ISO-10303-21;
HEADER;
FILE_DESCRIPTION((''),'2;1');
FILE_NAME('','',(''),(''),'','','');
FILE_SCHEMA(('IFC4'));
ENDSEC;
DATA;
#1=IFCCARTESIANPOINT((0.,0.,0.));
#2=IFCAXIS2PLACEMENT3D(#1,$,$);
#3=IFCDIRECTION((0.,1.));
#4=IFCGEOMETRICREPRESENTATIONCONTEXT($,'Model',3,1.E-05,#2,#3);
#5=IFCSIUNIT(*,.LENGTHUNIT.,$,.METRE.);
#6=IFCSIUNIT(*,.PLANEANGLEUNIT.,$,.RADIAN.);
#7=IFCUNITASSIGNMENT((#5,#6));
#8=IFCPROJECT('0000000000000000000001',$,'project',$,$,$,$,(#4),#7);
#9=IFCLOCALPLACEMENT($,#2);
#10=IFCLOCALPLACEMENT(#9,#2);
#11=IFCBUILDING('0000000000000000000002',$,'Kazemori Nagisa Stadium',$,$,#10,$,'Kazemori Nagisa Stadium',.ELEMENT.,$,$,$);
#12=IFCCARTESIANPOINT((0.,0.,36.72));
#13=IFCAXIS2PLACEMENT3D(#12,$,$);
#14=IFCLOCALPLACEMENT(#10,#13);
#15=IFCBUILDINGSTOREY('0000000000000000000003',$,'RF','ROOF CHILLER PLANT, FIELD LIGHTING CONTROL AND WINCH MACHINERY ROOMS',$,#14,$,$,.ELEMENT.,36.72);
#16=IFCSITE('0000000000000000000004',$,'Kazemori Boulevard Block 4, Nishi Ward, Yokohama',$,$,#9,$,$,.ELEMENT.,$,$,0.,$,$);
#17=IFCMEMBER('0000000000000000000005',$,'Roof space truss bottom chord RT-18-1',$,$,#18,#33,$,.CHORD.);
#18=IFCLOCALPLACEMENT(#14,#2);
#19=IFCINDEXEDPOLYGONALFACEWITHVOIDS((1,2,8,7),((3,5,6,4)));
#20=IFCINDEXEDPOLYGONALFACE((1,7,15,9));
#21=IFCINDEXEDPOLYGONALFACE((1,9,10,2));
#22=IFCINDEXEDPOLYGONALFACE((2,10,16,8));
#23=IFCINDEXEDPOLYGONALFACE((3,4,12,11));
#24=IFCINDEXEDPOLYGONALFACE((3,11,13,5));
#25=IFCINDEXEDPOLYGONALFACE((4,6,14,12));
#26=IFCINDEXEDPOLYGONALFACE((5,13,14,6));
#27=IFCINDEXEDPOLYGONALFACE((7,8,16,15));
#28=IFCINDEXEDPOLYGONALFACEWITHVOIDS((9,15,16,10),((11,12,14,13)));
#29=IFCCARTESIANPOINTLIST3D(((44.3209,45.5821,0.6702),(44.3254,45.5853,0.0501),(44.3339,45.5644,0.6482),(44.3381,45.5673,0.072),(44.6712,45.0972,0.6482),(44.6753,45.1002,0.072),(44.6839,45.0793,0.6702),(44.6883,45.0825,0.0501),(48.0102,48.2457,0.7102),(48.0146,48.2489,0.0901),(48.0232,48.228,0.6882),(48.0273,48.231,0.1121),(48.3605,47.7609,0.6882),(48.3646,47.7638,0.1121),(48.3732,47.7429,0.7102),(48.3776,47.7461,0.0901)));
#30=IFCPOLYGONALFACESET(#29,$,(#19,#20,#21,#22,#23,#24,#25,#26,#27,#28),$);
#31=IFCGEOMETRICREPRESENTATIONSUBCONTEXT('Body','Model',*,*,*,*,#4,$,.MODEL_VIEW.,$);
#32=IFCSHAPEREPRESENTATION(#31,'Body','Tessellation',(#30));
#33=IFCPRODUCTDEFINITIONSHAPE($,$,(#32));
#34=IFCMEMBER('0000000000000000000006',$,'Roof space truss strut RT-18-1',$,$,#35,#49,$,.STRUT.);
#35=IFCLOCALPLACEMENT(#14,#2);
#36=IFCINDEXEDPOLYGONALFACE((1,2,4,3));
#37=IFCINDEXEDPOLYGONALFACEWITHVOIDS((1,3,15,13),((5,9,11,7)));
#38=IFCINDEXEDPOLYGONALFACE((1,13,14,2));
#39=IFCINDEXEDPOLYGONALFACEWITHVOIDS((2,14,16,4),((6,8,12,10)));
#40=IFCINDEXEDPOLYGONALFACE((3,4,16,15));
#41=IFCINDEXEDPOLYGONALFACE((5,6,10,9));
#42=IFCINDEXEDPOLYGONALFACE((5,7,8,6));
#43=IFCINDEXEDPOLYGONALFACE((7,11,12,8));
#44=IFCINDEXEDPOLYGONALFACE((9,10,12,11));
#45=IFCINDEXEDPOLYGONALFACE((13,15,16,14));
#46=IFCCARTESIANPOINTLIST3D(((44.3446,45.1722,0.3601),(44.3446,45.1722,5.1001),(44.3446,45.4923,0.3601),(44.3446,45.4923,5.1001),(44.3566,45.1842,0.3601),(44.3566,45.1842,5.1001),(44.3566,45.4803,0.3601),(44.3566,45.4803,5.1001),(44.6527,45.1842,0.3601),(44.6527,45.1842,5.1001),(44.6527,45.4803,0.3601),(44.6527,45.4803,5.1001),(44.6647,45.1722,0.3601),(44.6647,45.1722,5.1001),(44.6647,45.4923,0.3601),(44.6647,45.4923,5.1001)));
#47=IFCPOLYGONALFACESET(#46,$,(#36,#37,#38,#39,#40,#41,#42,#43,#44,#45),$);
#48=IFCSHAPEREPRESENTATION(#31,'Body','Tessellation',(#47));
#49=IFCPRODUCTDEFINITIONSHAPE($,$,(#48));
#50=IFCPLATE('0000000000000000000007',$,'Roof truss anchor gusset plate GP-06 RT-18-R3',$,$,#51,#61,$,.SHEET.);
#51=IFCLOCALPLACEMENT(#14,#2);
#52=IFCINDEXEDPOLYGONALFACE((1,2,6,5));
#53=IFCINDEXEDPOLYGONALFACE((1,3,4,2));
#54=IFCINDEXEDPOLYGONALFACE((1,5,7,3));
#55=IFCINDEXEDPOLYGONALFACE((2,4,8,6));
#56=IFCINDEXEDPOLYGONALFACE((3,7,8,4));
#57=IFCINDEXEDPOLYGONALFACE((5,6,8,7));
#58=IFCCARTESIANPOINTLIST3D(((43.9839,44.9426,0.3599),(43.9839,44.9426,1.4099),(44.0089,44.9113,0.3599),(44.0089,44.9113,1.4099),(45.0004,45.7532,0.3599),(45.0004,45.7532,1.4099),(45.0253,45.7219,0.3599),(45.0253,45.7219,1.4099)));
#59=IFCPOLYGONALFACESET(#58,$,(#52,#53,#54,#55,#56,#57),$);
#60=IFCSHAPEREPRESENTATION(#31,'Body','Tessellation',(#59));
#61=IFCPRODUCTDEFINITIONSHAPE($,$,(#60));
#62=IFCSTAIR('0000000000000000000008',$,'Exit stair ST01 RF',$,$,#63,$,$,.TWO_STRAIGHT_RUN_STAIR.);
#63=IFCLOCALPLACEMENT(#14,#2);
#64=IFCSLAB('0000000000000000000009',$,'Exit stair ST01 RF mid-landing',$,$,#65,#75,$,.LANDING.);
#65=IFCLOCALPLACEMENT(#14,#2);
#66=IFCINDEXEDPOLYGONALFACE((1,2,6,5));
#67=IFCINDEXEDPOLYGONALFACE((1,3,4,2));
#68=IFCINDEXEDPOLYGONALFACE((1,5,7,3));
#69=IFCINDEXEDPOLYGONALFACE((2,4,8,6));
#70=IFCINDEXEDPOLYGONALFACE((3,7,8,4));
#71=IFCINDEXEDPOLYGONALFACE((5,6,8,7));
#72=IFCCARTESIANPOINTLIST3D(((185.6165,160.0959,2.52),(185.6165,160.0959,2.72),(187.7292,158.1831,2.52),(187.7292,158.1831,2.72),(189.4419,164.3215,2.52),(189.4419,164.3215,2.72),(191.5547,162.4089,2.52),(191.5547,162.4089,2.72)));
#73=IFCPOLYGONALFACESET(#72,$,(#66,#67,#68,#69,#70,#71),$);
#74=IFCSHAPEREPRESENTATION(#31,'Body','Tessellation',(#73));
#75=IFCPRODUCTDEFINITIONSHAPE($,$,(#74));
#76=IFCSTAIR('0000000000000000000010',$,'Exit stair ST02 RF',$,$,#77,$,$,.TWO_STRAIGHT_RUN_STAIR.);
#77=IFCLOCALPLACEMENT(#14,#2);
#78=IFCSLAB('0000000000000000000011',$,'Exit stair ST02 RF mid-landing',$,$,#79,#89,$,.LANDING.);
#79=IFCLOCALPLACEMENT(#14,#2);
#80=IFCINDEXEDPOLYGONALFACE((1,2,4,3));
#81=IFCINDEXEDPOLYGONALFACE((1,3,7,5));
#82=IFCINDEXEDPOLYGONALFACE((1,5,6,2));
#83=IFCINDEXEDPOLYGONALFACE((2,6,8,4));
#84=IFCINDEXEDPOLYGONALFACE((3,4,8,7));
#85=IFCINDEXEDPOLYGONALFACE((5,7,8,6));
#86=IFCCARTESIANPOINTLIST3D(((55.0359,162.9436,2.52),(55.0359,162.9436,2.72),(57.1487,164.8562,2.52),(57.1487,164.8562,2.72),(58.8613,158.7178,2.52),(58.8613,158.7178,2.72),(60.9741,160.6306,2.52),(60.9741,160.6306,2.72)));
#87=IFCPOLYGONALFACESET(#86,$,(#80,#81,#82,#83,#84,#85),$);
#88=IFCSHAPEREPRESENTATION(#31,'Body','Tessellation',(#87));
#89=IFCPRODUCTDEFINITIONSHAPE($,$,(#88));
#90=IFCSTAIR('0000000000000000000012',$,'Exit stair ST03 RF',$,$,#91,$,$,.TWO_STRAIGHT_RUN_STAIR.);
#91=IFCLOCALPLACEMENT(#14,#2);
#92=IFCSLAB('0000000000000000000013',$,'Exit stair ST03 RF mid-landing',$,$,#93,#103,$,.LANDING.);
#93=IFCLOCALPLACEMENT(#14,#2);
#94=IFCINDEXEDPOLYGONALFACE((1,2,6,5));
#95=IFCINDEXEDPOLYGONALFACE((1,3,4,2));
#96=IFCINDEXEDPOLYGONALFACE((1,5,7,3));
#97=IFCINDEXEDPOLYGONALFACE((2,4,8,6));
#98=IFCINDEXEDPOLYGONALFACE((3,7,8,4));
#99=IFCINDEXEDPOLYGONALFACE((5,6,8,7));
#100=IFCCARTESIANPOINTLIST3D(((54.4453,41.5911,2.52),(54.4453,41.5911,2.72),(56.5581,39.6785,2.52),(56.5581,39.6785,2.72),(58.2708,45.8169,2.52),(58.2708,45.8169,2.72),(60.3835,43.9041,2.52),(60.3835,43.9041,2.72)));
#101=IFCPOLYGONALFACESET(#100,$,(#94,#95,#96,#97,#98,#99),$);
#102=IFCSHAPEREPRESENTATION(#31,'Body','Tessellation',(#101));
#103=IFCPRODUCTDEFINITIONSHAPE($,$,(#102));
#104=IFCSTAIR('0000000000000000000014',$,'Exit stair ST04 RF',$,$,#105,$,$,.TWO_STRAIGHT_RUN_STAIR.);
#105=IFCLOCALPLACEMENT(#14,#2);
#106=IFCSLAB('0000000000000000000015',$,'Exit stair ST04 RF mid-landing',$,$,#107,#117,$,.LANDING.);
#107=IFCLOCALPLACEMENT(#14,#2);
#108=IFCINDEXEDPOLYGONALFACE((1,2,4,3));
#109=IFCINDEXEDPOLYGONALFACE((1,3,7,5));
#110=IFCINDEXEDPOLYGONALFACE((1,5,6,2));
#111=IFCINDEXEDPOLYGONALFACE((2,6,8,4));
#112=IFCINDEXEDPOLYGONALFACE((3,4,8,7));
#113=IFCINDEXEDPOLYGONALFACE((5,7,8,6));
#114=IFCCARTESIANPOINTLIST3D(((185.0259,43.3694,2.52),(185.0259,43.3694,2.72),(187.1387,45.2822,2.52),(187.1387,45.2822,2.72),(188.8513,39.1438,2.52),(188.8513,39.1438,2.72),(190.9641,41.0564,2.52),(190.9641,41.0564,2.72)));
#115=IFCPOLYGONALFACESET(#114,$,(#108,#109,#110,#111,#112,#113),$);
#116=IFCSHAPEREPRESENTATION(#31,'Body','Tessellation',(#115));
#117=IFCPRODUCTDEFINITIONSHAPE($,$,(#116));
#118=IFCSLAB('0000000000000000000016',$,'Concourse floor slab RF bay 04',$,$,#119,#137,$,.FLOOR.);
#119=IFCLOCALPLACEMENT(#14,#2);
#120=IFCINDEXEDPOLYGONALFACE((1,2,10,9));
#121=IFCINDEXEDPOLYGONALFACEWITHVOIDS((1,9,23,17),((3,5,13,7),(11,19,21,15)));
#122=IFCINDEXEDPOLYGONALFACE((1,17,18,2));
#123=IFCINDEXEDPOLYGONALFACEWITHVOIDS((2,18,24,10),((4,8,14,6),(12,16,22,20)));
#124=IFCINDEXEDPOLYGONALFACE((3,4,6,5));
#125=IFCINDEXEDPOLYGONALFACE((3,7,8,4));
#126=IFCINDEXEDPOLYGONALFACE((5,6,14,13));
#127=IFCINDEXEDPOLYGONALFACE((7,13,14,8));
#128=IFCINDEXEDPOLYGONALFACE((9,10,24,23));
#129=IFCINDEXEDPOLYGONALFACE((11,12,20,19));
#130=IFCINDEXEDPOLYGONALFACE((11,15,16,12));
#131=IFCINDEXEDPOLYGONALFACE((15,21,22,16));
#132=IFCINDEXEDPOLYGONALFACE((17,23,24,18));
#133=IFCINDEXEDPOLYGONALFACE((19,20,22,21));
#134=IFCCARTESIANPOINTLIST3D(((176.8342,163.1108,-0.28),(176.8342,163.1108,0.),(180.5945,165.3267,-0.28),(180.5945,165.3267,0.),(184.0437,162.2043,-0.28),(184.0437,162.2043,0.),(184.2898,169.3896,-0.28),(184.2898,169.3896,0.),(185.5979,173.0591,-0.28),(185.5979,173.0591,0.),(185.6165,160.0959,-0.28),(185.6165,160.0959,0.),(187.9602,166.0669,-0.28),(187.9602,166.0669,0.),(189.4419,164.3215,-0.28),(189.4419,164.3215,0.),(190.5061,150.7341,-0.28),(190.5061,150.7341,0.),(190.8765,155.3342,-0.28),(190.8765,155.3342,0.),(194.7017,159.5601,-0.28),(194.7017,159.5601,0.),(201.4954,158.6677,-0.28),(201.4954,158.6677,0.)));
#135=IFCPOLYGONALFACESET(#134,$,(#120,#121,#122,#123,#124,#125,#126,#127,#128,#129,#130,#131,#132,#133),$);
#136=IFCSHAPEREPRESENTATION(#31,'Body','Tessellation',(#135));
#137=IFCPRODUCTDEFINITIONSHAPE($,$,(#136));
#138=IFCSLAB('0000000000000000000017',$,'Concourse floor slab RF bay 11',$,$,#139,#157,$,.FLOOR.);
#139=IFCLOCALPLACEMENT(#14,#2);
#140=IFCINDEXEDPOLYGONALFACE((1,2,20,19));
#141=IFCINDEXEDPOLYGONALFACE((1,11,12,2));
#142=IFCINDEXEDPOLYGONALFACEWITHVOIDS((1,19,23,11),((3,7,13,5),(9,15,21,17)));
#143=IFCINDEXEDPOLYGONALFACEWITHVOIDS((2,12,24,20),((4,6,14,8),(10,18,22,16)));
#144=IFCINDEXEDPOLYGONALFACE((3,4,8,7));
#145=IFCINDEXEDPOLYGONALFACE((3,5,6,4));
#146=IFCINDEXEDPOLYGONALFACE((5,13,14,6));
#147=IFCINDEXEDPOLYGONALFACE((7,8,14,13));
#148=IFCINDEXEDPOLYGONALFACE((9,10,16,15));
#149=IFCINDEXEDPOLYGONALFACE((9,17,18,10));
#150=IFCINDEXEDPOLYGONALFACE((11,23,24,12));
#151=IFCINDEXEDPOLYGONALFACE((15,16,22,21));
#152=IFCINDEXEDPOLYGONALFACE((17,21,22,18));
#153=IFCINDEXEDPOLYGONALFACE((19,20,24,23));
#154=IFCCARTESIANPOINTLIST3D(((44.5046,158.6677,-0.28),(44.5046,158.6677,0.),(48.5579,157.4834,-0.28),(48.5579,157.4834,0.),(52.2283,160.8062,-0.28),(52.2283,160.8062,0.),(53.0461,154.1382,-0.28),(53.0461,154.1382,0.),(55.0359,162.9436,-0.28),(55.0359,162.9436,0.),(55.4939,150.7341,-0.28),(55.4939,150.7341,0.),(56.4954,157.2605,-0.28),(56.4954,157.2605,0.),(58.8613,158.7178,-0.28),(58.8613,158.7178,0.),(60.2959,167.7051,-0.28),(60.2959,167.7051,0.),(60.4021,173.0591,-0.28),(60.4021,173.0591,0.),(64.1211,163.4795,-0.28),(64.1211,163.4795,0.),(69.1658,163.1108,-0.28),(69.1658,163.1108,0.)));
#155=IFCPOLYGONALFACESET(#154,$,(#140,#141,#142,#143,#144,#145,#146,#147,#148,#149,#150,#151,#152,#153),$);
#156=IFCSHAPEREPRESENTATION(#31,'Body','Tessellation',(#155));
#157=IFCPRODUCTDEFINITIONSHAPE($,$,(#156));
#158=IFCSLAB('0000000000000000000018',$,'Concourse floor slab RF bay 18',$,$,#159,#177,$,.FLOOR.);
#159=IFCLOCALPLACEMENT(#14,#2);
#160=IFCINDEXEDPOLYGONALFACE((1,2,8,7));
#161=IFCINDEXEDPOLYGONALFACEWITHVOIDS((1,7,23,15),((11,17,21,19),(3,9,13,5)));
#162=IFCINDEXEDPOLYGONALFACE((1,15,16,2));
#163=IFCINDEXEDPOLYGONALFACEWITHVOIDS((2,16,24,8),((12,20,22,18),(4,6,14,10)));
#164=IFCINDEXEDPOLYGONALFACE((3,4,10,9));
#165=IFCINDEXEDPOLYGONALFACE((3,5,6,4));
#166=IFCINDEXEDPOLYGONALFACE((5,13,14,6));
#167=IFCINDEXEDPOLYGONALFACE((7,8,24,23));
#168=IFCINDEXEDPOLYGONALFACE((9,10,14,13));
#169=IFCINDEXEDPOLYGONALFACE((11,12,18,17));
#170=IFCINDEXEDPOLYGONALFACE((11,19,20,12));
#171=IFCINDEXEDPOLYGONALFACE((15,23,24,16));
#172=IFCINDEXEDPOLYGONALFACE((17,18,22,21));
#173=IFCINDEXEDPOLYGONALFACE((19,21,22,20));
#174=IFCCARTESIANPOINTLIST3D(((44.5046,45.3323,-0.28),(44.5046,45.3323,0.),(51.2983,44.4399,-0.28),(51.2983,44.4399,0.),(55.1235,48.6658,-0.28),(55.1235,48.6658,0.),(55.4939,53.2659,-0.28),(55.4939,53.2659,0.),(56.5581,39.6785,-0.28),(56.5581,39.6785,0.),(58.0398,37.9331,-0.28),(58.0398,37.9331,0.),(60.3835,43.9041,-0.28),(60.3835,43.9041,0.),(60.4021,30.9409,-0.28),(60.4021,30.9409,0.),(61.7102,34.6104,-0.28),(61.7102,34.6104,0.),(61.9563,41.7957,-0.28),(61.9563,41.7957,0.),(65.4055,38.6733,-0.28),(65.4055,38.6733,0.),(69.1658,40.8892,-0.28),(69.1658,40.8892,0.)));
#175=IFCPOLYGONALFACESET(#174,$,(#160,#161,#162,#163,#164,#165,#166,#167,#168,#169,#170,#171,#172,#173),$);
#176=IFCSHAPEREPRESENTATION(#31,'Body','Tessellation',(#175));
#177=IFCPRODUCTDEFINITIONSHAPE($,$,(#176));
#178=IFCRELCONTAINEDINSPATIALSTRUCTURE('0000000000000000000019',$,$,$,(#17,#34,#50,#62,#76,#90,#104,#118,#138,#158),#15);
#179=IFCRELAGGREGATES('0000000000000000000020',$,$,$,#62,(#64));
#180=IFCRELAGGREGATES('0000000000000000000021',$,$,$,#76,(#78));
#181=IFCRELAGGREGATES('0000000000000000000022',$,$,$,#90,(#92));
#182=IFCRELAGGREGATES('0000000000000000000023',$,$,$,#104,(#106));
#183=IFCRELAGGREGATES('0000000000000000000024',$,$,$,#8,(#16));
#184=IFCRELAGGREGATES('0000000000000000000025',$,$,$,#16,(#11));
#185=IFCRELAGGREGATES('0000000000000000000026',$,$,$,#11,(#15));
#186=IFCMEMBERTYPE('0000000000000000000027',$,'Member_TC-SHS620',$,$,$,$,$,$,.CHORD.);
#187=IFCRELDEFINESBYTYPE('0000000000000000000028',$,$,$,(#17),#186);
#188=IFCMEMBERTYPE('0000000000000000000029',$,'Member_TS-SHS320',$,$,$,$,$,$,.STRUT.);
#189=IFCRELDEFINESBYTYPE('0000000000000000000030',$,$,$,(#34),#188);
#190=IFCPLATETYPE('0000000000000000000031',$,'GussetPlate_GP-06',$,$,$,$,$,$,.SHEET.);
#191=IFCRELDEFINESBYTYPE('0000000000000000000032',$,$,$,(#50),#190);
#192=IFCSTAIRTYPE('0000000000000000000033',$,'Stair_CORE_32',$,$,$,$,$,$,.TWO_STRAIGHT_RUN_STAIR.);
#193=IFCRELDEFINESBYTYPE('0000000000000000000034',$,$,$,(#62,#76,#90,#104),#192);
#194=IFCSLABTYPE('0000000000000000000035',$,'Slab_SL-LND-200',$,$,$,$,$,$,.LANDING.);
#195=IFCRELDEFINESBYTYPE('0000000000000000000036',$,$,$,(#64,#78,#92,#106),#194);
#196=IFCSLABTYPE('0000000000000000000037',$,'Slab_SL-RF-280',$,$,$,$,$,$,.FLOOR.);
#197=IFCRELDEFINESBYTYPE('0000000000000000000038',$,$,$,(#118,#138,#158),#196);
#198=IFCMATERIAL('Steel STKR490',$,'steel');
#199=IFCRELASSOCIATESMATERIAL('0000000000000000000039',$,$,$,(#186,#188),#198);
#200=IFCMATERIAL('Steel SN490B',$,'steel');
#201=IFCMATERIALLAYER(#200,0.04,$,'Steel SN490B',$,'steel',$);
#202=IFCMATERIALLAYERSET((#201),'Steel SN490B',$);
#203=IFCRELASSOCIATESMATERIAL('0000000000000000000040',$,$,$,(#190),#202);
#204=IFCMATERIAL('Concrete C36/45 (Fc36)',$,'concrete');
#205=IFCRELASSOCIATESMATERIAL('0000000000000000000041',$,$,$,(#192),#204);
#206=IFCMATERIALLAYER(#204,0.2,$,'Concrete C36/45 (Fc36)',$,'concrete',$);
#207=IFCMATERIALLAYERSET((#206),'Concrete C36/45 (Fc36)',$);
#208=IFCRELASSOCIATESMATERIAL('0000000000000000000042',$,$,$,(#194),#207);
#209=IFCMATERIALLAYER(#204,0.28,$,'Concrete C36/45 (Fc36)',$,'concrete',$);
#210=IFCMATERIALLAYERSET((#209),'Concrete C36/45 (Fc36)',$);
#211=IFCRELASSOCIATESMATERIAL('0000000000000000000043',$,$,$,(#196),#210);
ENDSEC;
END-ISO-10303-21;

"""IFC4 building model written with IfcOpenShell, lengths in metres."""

from ifc_helpers import new_model, si_unit, direction, frame, origin, origin_2d, place, context, subcontext, project, spatial, polyline, rectangle, hollow_rectangle, outline, extrude, material, layer, layer_set, material_profile, profile_set, type_object, element, aggregate, save


model = new_model("IFC4")

# Units and contexts
model_context = context("Model", 3, precision=1e-05, world=origin(), true_north=direction((0.0, 1.0)))
body_context = subcontext(model_context, "Body", "Model", "MODEL_VIEW")
ifc_project = project(units=[si_unit("LENGTHUNIT", "METRE"), si_unit("PLANEANGLEUNIT", "RADIAN")], contexts=[model_context])

# Site, building, storey
site_placement = place(None, origin())
site = spatial("IfcSite", under=ifc_project, at=site_placement, Name="Kazemori Boulevard Block 4, Nishi Ward, Yokohama", CompositionType="ELEMENT", RefElevation=0.0)
building_placement = place(site_placement, origin())
building = spatial("IfcBuilding", under=site, at=building_placement, Name="Kazemori Nagisa Stadium", LongName="Kazemori Nagisa Stadium", CompositionType="ELEMENT")
storey_placement = place(building_placement, frame((0.0, 0.0, 36.72)))
storey = spatial("IfcBuildingStorey", under=building, at=storey_placement, Name="RF", Description="ROOF CHILLER PLANT, FIELD LIGHTING CONTROL AND WINCH MACHINERY ROOMS", CompositionType="ELEMENT", Elevation=36.72)

# Shared definitions
ifc_material_1 = material(Name="Steel SN490B", Category="steel")

# Members
ifc_material_2 = material(Name="Steel STKR490", Category="steel")
ifc_material_profile_1 = material_profile(ifc_material_2, hollow_rectangle(XDim=0.6201, YDim=0.6201, WallThickness=0.022, at=origin_2d()), Name="SHS-620x620x22")
ifc_profile_set_1 = profile_set([ifc_material_profile_1], Name="Steel STKR490")
member_type_1 = type_object("IfcMemberType", Name="Member_TC-SHS620", PredefinedType="CHORD", material=ifc_profile_set_1)
member_1_placement = place(storey_placement, frame((44.5046, 45.3323, 0.3601), z_axis=(0.810737, 0.585344, 0.008799), x_axis=(-0.585367, 0.810768, 0.0)))
element("IfcMember", 1, at=member_1_placement, inside=storey, type_object=member_type_1, Name="Roof space truss bottom chord RT-18-1", PredefinedType="CHORD", context=body_context, shape_type="SweptSolid", body=[
    extrude(hollow_rectangle(XDim=0.6201, YDim=0.6201, WallThickness=0.022, at=origin_2d()), origin(), (0.0, 0.0, 1.0), 4.5505),
])
ifc_material_profile_2 = material_profile(ifc_material_2, hollow_rectangle(XDim=0.3201, YDim=0.3201, WallThickness=0.012, at=origin_2d()), Name="SHS-320x320x12")
ifc_profile_set_2 = profile_set([ifc_material_profile_2], Name="Steel STKR490")
member_type_2 = type_object("IfcMemberType", Name="Member_TS-SHS320", PredefinedType="STRUT", material=ifc_profile_set_2)
member_2_placement = place(storey_placement, frame((44.5046, 45.3323, 0.3601), z_axis=(0.0, 0.0, 1.0), x_axis=(1.0, 0.0, 0.0)))
element("IfcMember", 2, at=member_2_placement, inside=storey, type_object=member_type_2, Name="Roof space truss strut RT-18-1", PredefinedType="STRUT", context=body_context, shape_type="SweptSolid", body=[
    extrude(hollow_rectangle(XDim=0.3201, YDim=0.3201, WallThickness=0.012, at=origin_2d()), origin(), (0.0, 0.0, 1.0), 4.74),
])

# Plate
ifc_layer_1 = layer(ifc_material_1, 0.04, Name="Steel SN490B", Category="steel")
ifc_layer_set_1 = layer_set([ifc_layer_1], Name="Steel SN490B")
plate_type = type_object("IfcPlateType", Name="GussetPlate_GP-06", PredefinedType="SHEET", material=ifc_layer_set_1)
plate_placement = place(storey_placement, frame((44.5046, 45.3323, 0.3599), z_axis=(0.0, 0.0, 1.0), x_axis=(-0.781831, -0.62349, 0.0)))
element("IfcPlate", 3, at=plate_placement, inside=storey, type_object=plate_type, Name="Roof truss anchor gusset plate GP-06 RT-18-R3", PredefinedType="SHEET", context=body_context, shape_type="SweptSolid", body=[
    extrude(rectangle(XDim=1.3, YDim=0.04, at=origin_2d()), origin(), (0.0, 0.0, 1.0), 1.05),
])

# Stairs, slabs
ifc_material_3 = material(Name="Concrete C36/45 (Fc36)", Category="concrete")
stair_type = type_object("IfcStairType", Name="Stair_CORE_32", PredefinedType="TWO_STRAIGHT_RUN_STAIR", material=ifc_material_3)
stair_1_placement = place(storey_placement, origin())
stair_1 = element("IfcStair", 4, at=stair_1_placement, inside=storey, type_object=stair_type, Name="Exit stair ST01 RF", PredefinedType="TWO_STRAIGHT_RUN_STAIR")
ifc_layer_2 = layer(ifc_material_3, 0.2, Name="Concrete C36/45 (Fc36)", Category="concrete")
ifc_layer_set_2 = layer_set([ifc_layer_2], Name="Concrete C36/45 (Fc36)")
slab_type_1 = type_object("IfcSlabType", Name="Slab_SL-LND-200", PredefinedType="LANDING", material=ifc_layer_set_2)
slab_1_placement = place(storey_placement, frame((0.0, 0.0, 2.52)))
slab_1 = element("IfcSlab", 5, at=slab_1_placement, type_object=slab_type_1, Name="Exit stair ST01 RF mid-landing", PredefinedType="LANDING", context=body_context, shape_type="SweptSolid", body=[
    extrude(outline(polyline([(187.7292, 158.1831), (185.6165, 160.0959), (189.4419, 164.3215), (191.5547, 162.4089), (187.7292, 158.1831)])), origin(), (0.0, 0.0, 1.0), 0.2),
])
aggregate(stair_1, [slab_1])
stair_2_placement = place(storey_placement, origin())
stair_2 = element("IfcStair", 6, at=stair_2_placement, inside=storey, type_object=stair_type, Name="Exit stair ST02 RF", PredefinedType="TWO_STRAIGHT_RUN_STAIR")
slab_2_placement = place(storey_placement, frame((0.0, 0.0, 2.52)))
slab_2 = element("IfcSlab", 7, at=slab_2_placement, type_object=slab_type_1, Name="Exit stair ST02 RF mid-landing", PredefinedType="LANDING", context=body_context, shape_type="SweptSolid", body=[
    extrude(outline(polyline([(60.9741, 160.6306), (58.8613, 158.7178), (55.0359, 162.9436), (57.1487, 164.8562), (60.9741, 160.6306)])), origin(), (0.0, 0.0, 1.0), 0.2),
])
aggregate(stair_2, [slab_2])
stair_3_placement = place(storey_placement, origin())
stair_3 = element("IfcStair", 8, at=stair_3_placement, inside=storey, type_object=stair_type, Name="Exit stair ST03 RF", PredefinedType="TWO_STRAIGHT_RUN_STAIR")
slab_3_placement = place(storey_placement, frame((0.0, 0.0, 2.52)))
slab_3 = element("IfcSlab", 9, at=slab_3_placement, type_object=slab_type_1, Name="Exit stair ST03 RF mid-landing", PredefinedType="LANDING", context=body_context, shape_type="SweptSolid", body=[
    extrude(outline(polyline([(58.2708, 45.8169), (60.3835, 43.9041), (56.5581, 39.6785), (54.4453, 41.5911), (58.2708, 45.8169)])), origin(), (0.0, 0.0, 1.0), 0.2),
])
aggregate(stair_3, [slab_3])
stair_4_placement = place(storey_placement, origin())
stair_4 = element("IfcStair", 10, at=stair_4_placement, inside=storey, type_object=stair_type, Name="Exit stair ST04 RF", PredefinedType="TWO_STRAIGHT_RUN_STAIR")
slab_4_placement = place(storey_placement, frame((0.0, 0.0, 2.52)))
slab_4 = element("IfcSlab", 11, at=slab_4_placement, type_object=slab_type_1, Name="Exit stair ST04 RF mid-landing", PredefinedType="LANDING", context=body_context, shape_type="SweptSolid", body=[
    extrude(outline(polyline([(185.0259, 43.3694), (187.1387, 45.2822), (190.9641, 41.0564), (188.8513, 39.1438), (185.0259, 43.3694)])), origin(), (0.0, 0.0, 1.0), 0.2),
])
aggregate(stair_4, [slab_4])

# Slabs
ifc_layer_3 = layer(ifc_material_3, 0.28, Name="Concrete C36/45 (Fc36)", Category="concrete")
ifc_layer_set_3 = layer_set([ifc_layer_3], Name="Concrete C36/45 (Fc36)")
slab_type_2 = type_object("IfcSlabType", Name="Slab_SL-RF-280", PredefinedType="FLOOR", material=ifc_layer_set_3)
slab_5_placement = place(storey_placement, frame((0.0, 0.0, -0.28)))
element("IfcSlab", 12, at=slab_5_placement, inside=storey, type_object=slab_type_2, Name="Concourse floor slab RF bay 04", PredefinedType="FLOOR", context=body_context, shape_type="SweptSolid", body=[
    extrude(outline(polyline([(190.5061, 150.7341), (176.8342, 163.1108), (185.5979, 173.0591), (201.4954, 158.6677), (190.5061, 150.7341)]), holes=[polyline([(190.8765, 155.3342), (185.6165, 160.0959), (189.4419, 164.3215), (194.7017, 159.5601), (190.8765, 155.3342)]), polyline([(184.0437, 162.2043), (180.5945, 165.3267), (184.2898, 169.3896), (187.9602, 166.0669), (184.0437, 162.2043)])]), origin(), (0.0, 0.0, 1.0), 0.28),
])
slab_6_placement = place(storey_placement, frame((0.0, 0.0, -0.28)))
element("IfcSlab", 13, at=slab_6_placement, inside=storey, type_object=slab_type_2, Name="Concourse floor slab RF bay 11", PredefinedType="FLOOR", context=body_context, shape_type="SweptSolid", body=[
    extrude(outline(polyline([(69.1658, 163.1108), (55.4939, 150.7341), (44.5046, 158.6677), (60.4021, 173.0591), (69.1658, 163.1108)]), holes=[polyline([(64.1211, 163.4795), (58.8613, 158.7178), (55.0359, 162.9436), (60.2959, 167.7051), (64.1211, 163.4795)]), polyline([(56.4954, 157.2605), (53.0461, 154.1382), (48.5579, 157.4834), (52.2283, 160.8062), (56.4954, 157.2605)])]), origin(), (0.0, 0.0, 1.0), 0.28),
])
slab_7_placement = place(storey_placement, frame((0.0, 0.0, -0.28)))
element("IfcSlab", 14, at=slab_7_placement, inside=storey, type_object=slab_type_2, Name="Concourse floor slab RF bay 18", PredefinedType="FLOOR", context=body_context, shape_type="SweptSolid", body=[
    extrude(outline(polyline([(55.4939, 53.2659), (69.1658, 40.8892), (60.4021, 30.9409), (44.5046, 45.3323), (55.4939, 53.2659)]), holes=[polyline([(55.1235, 48.6658), (60.3835, 43.9041), (56.5581, 39.6785), (51.2983, 44.4399), (55.1235, 48.6658)]), polyline([(61.9563, 41.7957), (65.4055, 38.6733), (61.7102, 34.6104), (58.0398, 37.9331), (61.9563, 41.7957)])]), origin(), (0.0, 0.0, 1.0), 0.28),
])

save(model, "model.ifc")
